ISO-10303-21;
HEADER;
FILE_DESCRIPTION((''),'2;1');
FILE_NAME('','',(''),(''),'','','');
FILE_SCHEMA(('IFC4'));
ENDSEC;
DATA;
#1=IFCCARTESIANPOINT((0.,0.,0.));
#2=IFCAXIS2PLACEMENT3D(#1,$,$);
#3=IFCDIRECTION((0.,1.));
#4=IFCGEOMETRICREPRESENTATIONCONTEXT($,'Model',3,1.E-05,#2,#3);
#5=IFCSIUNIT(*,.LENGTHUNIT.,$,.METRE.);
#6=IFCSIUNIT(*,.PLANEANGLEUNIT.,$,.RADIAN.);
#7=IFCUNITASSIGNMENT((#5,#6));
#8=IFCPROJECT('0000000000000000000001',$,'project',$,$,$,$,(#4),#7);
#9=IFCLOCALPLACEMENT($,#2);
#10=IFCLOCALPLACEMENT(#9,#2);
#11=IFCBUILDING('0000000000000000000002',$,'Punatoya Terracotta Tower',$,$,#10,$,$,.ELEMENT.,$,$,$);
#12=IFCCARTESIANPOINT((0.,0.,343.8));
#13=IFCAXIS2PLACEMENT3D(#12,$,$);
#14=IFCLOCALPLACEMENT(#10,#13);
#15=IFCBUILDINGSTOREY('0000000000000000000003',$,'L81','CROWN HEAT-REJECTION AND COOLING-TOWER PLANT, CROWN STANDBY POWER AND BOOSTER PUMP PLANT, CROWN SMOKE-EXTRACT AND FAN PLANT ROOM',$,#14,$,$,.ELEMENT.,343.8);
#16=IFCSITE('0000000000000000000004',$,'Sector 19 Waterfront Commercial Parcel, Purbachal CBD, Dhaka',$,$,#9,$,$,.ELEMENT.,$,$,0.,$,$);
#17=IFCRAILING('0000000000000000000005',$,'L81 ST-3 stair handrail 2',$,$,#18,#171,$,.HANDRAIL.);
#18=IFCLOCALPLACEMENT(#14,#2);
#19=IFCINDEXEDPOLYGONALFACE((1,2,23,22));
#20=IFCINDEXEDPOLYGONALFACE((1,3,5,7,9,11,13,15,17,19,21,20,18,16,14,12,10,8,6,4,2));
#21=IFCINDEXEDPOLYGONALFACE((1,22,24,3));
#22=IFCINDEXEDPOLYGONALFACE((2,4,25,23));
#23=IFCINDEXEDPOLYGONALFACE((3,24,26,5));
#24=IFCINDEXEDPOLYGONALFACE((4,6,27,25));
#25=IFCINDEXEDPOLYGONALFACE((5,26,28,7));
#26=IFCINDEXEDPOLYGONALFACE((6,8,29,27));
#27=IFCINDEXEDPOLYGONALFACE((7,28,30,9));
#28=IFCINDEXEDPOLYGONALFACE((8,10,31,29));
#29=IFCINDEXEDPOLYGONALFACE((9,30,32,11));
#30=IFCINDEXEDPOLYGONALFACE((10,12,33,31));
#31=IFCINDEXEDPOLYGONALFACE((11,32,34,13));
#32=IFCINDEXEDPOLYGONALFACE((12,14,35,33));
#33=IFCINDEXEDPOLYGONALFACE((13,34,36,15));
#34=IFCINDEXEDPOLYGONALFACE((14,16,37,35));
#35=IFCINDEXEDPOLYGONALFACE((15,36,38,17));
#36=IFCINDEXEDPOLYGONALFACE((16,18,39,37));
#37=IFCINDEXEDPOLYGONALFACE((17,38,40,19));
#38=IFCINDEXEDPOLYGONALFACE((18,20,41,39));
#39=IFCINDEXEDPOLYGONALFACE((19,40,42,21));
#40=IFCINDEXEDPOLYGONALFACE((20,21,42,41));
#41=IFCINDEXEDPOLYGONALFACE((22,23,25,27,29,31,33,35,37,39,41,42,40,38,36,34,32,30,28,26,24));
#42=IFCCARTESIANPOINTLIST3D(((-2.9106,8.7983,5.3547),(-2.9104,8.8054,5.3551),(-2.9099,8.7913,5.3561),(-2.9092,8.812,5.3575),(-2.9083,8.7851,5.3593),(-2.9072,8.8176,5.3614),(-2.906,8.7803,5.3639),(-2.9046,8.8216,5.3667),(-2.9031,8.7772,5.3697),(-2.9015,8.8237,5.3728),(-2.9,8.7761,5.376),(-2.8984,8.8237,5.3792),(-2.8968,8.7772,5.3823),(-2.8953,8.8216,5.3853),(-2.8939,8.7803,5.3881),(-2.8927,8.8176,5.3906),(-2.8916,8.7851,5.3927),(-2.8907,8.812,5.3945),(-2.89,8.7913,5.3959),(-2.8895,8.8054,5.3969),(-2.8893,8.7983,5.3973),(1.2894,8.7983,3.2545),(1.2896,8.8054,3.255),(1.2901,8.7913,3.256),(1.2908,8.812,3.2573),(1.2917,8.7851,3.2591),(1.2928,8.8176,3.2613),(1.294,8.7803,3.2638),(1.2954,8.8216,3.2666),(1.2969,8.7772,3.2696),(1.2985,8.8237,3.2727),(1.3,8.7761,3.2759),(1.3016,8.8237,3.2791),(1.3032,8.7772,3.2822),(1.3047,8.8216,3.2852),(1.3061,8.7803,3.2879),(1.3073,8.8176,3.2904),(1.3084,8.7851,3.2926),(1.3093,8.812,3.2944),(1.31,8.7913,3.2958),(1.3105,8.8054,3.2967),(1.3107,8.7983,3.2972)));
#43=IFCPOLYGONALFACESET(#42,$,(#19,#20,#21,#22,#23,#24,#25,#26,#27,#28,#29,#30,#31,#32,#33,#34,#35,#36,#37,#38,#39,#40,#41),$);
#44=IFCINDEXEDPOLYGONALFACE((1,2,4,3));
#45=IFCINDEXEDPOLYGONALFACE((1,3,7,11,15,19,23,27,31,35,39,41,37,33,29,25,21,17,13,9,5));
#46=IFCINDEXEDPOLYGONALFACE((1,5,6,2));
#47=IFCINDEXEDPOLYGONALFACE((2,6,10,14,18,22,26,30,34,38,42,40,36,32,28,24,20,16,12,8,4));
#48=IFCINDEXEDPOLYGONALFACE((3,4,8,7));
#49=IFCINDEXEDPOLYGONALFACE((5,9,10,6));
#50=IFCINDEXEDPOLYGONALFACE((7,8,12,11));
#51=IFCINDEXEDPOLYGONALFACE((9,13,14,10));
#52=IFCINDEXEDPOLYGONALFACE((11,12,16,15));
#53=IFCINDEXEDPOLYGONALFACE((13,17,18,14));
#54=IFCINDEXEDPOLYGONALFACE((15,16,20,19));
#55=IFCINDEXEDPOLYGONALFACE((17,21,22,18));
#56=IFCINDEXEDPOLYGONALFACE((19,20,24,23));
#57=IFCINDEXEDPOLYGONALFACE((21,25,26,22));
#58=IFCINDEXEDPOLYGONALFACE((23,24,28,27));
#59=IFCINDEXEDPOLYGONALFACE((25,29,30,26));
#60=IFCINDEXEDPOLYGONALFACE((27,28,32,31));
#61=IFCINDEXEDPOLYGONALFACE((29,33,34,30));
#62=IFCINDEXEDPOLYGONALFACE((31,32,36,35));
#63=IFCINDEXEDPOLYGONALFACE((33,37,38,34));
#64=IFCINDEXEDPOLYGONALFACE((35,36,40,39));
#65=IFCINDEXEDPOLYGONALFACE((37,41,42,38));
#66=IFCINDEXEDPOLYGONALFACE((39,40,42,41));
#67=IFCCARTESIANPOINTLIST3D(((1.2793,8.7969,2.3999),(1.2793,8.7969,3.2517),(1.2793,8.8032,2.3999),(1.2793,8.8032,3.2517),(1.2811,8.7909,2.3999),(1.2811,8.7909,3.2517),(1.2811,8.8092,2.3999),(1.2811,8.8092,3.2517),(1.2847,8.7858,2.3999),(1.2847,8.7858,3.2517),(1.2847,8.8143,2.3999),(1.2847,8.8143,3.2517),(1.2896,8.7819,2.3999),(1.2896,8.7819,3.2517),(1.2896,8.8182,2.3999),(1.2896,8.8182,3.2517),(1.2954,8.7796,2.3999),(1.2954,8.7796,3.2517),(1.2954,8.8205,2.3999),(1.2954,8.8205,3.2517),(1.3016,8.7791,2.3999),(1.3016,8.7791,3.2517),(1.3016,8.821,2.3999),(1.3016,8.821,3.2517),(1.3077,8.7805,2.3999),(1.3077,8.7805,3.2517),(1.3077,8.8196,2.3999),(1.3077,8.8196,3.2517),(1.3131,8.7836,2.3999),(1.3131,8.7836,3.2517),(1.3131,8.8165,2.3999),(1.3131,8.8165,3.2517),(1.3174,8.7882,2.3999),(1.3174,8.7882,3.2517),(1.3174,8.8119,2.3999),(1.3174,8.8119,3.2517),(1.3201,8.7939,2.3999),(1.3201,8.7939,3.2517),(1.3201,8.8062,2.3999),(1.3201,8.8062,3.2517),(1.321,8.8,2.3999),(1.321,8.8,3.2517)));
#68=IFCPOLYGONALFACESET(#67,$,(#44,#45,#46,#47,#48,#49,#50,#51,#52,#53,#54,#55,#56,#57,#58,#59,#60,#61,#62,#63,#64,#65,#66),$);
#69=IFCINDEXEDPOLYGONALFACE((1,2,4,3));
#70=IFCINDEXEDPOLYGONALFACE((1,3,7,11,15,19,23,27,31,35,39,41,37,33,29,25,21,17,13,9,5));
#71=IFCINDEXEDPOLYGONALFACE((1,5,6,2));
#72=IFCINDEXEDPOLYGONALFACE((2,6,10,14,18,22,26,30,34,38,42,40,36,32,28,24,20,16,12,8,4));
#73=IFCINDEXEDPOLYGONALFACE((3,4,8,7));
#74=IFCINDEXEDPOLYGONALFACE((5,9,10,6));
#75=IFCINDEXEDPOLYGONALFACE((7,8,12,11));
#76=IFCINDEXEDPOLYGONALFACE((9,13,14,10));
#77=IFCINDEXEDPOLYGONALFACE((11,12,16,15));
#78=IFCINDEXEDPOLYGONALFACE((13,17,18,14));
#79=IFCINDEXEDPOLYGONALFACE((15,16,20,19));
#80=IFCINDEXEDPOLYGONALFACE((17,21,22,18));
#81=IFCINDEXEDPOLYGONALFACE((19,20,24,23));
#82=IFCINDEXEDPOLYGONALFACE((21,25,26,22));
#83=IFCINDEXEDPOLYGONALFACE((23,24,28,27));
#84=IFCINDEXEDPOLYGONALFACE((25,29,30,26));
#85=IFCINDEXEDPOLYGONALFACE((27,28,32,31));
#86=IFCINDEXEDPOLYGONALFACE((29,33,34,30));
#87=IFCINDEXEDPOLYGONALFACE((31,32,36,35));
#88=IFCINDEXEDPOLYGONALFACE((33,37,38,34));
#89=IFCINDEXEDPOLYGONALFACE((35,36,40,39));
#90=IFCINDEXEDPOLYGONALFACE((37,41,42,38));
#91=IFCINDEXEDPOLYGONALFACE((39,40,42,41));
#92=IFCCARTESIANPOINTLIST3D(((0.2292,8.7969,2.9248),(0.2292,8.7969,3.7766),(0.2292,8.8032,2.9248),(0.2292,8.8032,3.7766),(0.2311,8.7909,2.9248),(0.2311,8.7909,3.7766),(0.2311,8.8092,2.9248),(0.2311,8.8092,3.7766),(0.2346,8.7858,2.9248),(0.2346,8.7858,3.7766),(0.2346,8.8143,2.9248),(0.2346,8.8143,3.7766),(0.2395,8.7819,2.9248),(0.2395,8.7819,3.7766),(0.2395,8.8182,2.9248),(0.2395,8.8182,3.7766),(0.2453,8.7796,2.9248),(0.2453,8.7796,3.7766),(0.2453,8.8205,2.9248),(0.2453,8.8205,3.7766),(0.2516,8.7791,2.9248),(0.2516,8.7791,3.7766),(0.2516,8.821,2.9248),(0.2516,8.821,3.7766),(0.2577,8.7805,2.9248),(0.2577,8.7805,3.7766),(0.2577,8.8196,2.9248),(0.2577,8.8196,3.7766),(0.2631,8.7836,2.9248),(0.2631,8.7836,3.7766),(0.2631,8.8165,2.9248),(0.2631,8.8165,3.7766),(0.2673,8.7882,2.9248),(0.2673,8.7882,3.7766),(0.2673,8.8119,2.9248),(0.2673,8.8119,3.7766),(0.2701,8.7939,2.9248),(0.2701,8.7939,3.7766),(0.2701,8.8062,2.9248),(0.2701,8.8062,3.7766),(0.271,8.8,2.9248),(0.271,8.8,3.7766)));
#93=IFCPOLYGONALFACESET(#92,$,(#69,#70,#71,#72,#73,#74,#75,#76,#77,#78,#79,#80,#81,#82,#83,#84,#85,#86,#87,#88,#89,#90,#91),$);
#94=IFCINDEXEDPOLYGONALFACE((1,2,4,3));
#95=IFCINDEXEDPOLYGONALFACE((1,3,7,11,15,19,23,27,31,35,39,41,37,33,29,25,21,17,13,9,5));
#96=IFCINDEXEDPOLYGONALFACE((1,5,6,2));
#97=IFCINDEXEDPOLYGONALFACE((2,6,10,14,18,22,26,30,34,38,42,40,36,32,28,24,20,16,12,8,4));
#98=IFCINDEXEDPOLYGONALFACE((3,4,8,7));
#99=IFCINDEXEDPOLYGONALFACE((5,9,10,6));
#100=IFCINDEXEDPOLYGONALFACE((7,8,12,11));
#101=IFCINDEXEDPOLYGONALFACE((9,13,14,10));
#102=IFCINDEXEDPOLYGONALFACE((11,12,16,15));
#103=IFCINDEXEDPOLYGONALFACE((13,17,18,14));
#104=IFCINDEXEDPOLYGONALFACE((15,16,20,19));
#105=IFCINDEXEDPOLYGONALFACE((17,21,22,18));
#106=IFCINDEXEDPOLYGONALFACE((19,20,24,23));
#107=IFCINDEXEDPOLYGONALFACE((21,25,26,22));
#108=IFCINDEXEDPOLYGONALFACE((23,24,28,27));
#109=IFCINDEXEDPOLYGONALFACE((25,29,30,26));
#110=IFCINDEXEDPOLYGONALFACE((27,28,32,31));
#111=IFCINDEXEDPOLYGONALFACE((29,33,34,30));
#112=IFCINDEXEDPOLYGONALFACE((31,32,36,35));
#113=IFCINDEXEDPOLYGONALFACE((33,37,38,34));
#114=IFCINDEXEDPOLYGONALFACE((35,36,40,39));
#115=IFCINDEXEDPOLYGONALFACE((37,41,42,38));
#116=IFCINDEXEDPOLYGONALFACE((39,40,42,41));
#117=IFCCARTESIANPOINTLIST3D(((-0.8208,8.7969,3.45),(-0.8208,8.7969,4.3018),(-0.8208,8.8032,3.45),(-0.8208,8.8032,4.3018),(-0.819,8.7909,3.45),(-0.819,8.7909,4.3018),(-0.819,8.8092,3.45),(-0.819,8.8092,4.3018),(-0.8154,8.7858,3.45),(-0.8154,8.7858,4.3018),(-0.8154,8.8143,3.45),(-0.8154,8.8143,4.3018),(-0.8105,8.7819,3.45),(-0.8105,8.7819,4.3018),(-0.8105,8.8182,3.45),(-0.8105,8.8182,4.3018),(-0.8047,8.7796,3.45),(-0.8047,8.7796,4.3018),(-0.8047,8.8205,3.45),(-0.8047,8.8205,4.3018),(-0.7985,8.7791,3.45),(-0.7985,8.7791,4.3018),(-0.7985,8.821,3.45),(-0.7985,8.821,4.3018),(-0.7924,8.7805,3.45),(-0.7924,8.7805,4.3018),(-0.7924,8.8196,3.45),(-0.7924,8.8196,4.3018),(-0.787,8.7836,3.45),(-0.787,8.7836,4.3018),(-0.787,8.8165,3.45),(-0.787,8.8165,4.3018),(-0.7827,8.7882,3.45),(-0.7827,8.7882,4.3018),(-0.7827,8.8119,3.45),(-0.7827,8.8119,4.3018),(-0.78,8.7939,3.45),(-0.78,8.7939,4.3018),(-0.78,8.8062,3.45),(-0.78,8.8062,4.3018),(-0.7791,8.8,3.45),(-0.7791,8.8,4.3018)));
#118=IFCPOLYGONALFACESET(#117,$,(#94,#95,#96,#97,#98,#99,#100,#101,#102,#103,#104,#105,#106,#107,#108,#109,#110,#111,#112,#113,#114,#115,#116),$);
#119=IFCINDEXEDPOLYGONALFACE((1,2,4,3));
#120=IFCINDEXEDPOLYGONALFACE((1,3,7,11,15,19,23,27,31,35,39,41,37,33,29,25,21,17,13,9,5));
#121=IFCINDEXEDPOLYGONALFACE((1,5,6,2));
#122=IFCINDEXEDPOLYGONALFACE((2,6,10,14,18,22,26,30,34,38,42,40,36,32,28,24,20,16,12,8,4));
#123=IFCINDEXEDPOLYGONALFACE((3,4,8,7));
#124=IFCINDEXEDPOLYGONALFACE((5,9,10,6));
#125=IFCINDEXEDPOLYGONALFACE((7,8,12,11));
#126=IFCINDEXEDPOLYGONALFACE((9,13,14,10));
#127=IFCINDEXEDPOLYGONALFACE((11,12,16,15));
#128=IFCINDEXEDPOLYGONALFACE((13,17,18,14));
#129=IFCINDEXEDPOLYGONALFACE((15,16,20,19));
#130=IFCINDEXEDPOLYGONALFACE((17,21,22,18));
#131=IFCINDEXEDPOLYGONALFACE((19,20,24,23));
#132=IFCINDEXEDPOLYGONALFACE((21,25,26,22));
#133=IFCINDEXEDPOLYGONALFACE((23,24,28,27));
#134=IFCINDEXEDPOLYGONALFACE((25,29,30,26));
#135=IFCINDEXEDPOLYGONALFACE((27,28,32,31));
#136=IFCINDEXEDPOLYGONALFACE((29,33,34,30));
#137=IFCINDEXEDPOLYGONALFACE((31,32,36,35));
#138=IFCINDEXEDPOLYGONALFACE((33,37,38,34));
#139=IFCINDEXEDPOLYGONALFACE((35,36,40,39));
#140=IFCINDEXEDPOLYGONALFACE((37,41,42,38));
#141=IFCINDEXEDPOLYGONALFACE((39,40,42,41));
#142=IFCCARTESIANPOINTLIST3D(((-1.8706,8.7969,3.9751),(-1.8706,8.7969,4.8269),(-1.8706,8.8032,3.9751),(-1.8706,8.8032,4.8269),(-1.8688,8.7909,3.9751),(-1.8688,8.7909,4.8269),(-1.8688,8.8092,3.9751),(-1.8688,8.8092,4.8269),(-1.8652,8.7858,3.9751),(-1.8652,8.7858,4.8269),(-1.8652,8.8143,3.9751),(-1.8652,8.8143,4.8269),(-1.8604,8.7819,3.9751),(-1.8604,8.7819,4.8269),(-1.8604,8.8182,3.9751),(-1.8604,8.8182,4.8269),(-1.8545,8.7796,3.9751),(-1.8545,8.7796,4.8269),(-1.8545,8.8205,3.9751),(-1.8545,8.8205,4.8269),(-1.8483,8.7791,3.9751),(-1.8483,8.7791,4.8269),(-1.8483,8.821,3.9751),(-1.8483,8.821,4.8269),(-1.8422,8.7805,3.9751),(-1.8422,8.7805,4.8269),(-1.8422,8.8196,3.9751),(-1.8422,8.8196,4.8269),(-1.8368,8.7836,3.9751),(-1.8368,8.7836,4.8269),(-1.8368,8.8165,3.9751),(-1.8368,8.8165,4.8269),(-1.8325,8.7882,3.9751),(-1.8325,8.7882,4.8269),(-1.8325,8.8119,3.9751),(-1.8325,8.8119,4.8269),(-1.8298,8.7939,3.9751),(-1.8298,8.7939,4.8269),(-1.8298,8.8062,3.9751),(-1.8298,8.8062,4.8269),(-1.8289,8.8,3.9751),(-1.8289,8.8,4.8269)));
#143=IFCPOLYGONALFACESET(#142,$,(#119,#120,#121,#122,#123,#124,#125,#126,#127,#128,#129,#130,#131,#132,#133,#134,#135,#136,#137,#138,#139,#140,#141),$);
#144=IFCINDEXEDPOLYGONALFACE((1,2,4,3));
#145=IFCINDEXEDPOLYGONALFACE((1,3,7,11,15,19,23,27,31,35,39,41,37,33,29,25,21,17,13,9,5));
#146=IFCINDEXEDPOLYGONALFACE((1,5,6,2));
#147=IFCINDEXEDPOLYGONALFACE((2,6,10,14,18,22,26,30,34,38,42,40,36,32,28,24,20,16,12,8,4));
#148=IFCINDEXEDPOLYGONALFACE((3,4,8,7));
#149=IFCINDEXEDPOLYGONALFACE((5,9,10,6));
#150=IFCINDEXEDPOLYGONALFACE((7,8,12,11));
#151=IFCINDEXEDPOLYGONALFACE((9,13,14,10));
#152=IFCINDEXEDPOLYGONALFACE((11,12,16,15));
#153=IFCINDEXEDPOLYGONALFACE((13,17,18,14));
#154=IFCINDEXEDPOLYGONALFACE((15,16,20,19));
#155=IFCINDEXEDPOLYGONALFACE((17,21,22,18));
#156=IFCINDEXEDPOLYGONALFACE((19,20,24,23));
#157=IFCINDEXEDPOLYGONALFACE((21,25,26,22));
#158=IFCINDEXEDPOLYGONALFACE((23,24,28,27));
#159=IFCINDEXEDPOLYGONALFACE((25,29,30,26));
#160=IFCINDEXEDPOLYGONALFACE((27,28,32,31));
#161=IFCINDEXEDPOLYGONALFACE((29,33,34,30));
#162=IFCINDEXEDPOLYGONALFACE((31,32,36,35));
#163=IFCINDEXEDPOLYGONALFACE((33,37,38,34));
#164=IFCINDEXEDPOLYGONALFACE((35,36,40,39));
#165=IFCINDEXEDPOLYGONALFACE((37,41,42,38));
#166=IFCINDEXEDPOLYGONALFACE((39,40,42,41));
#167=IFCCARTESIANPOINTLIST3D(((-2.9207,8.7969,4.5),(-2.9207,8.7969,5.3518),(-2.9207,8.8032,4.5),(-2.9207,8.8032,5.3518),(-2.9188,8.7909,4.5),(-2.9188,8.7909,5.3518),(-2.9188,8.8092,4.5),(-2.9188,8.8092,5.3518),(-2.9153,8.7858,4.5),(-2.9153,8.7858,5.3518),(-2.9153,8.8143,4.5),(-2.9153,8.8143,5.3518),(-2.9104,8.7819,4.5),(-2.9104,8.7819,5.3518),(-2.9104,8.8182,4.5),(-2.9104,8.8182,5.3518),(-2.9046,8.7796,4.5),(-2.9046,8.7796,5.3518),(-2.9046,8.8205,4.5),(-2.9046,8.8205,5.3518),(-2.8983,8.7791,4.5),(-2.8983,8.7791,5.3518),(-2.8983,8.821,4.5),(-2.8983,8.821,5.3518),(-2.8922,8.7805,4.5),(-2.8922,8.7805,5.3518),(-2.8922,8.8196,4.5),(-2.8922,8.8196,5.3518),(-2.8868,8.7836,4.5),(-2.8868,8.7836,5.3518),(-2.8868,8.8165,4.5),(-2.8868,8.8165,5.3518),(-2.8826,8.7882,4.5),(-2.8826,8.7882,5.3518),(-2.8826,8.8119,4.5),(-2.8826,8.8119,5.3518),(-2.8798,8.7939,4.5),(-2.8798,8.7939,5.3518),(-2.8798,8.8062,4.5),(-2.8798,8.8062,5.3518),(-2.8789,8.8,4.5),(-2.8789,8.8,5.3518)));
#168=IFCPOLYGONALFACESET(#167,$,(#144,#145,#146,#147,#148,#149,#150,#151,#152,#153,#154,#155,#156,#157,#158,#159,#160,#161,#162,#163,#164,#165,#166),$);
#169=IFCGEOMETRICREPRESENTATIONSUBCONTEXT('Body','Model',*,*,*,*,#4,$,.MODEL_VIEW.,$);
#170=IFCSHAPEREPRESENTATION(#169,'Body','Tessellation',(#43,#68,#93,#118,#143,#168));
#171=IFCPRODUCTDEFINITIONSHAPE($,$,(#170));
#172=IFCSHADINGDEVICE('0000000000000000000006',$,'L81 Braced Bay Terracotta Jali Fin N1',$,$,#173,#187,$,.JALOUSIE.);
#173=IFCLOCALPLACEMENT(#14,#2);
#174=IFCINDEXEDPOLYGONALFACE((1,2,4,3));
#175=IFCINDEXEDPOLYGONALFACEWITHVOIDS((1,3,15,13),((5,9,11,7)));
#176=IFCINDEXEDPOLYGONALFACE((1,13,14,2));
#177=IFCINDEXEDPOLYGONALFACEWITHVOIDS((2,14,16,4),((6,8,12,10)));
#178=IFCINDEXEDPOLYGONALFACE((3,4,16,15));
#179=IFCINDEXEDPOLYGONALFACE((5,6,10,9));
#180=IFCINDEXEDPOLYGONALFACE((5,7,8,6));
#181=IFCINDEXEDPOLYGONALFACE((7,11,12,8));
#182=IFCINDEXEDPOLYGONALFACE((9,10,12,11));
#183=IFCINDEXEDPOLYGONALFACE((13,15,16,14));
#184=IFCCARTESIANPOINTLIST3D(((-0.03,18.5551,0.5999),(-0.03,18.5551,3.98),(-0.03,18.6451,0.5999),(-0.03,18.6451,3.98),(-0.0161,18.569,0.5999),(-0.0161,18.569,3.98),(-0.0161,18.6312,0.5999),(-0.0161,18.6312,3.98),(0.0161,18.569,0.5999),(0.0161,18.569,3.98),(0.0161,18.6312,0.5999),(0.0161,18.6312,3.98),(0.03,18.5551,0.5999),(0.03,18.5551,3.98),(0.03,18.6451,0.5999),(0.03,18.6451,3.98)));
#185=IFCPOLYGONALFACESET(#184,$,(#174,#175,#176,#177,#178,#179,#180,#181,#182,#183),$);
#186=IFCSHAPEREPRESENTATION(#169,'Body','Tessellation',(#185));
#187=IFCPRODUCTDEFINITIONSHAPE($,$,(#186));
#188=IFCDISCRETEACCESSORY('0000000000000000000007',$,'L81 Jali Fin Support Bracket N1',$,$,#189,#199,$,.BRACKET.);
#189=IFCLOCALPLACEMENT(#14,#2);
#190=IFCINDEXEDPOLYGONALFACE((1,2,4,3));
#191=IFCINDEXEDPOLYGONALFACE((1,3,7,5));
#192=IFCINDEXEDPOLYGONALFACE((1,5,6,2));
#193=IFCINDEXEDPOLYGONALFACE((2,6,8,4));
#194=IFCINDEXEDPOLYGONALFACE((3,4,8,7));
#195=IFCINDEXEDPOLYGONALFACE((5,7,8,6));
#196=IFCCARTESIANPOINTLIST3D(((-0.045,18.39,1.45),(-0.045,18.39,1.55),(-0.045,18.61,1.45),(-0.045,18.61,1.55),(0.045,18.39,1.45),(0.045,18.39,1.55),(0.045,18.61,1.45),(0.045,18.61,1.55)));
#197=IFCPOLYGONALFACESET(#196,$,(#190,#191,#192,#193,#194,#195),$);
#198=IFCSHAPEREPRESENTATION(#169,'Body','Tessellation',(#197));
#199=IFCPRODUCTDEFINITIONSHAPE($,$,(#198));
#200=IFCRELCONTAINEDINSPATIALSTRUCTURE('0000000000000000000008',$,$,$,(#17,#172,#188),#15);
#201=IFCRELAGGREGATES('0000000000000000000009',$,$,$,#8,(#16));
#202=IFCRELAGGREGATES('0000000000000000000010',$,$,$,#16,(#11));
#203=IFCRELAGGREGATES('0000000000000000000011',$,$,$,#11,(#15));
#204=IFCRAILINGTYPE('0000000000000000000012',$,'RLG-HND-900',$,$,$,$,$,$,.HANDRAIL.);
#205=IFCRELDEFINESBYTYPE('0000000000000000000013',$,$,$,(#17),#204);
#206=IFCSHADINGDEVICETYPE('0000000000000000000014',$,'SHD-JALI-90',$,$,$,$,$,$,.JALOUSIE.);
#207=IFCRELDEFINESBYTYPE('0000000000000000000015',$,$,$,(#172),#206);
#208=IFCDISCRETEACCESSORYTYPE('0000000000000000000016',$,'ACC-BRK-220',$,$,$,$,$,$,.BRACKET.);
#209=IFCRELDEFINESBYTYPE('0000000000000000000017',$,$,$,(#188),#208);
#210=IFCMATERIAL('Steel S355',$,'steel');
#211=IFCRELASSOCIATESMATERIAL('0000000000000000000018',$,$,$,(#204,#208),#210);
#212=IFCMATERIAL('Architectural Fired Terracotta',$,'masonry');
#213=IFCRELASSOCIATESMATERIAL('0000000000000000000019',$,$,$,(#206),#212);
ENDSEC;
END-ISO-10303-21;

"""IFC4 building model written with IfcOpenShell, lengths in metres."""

from ifc_helpers import new_model, si_unit, direction, frame, origin, origin_2d, place, context, subcontext, project, spatial, rectangle, hollow_rectangle, circle, extrude, material, material_profile, profile_set, type_object, element, save


model = new_model("IFC4")

# Units and contexts
model_context = context("Model", 3, precision=1e-05, world=origin(), true_north=direction((0.0, 1.0)))
body_context = subcontext(model_context, "Body", "Model", "MODEL_VIEW")
ifc_project = project(units=[si_unit("LENGTHUNIT", "METRE"), si_unit("PLANEANGLEUNIT", "RADIAN")], contexts=[model_context])

# Site, building, storey
site_placement = place(None, origin())
site = spatial("IfcSite", under=ifc_project, at=site_placement, Name="Sector 19 Waterfront Commercial Parcel, Purbachal CBD, Dhaka", CompositionType="ELEMENT", RefElevation=0.0)
building_placement = place(site_placement, origin())
building = spatial("IfcBuilding", under=site, at=building_placement, Name="Punatoya Terracotta Tower", CompositionType="ELEMENT")
storey_placement = place(building_placement, frame((0.0, 0.0, 343.8)))
storey = spatial("IfcBuildingStorey", under=building, at=storey_placement, Name="L81", Description="CROWN HEAT-REJECTION AND COOLING-TOWER PLANT, CROWN STANDBY POWER AND BOOSTER PUMP PLANT, CROWN SMOKE-EXTRACT AND FAN PLANT ROOM", CompositionType="ELEMENT", Elevation=343.8)

# Railing
ifc_material_1 = material(Name="Steel S355", Category="steel")
railing_type_1 = type_object("IfcRailingType", Name="RLG-HND-900", PredefinedType="HANDRAIL", material=ifc_material_1)
railing_1_placement = place(storey_placement, frame((1.3, 8.8, 2.3999)))
element("IfcRailing", 1, at=railing_1_placement, inside=storey, type_object=railing_type_1, Name="L81 ST-3 stair handrail 2", PredefinedType="HANDRAIL", context=body_context, shape_type="SweptSolid", body=[
    extrude(circle(Radius=0.0239, at=origin_2d()), frame((0.0, 0.0, 0.876), z_axis=(-0.894417, 0.0, 0.447234), x_axis=(0.0, -1.0, 0.0)), (0.0, 0.0, 1.0), 4.6958),
    extrude(circle(Radius=0.021, at=origin_2d()), origin(), (0.0, 0.0, 1.0), 0.8518),
    extrude(circle(Radius=0.021, at=origin_2d()), frame((-1.05, 0.0, 0.5249)), (0.0, 0.0, 1.0), 0.8518),
    extrude(circle(Radius=0.021, at=origin_2d()), frame((-2.1001, 0.0, 1.05)), (0.0, 0.0, 1.0), 0.8518),
    extrude(circle(Radius=0.021, at=origin_2d()), frame((-3.1499, 0.0, 1.5752)), (0.0, 0.0, 1.0), 0.8518),
    extrude(circle(Radius=0.021, at=origin_2d()), frame((-4.2, 0.0, 2.1001)), (0.0, 0.0, 1.0), 0.8518),
])

# Shading device
ifc_material_2 = material(Name="Architectural Fired Terracotta", Category="masonry")
ifc_material_profile_1 = material_profile(ifc_material_2, hollow_rectangle(XDim=0.0601, YDim=0.0901, WallThickness=0.0139, at=origin_2d()))
ifc_profile_set_1 = profile_set([ifc_material_profile_1], Name="Architectural Fired Terracotta")
shading_device_type = type_object("IfcShadingDeviceType", Name="SHD-JALI-90", PredefinedType="JALOUSIE", material=ifc_profile_set_1)
shading_device_placement = place(storey_placement, frame((0.0, 18.6001, 0.5999), z_axis=(0.0, 0.0, 1.0), x_axis=(1.0, 0.0, 0.0)))
element("IfcShadingDevice", 2, at=shading_device_placement, inside=storey, type_object=shading_device_type, Name="L81 Braced Bay Terracotta Jali Fin N1", PredefinedType="JALOUSIE", context=body_context, shape_type="SweptSolid", body=[
    extrude(hollow_rectangle(XDim=0.0601, YDim=0.0901, WallThickness=0.0139, at=origin_2d()), origin(), (0.0, 0.0, 1.0), 3.3801),
])

# Discrete accessory
discrete_accessory_type = type_object("IfcDiscreteAccessoryType", Name="ACC-BRK-220", PredefinedType="BRACKET", material=ifc_material_1)
discrete_accessory_placement = place(storey_placement, frame((0.0, 18.5, 1.45), z_axis=(0.0, 0.0, 1.0), x_axis=(-1.0, 0.0, 0.0)))
element("IfcDiscreteAccessory", 3, at=discrete_accessory_placement, inside=storey, type_object=discrete_accessory_type, Name="L81 Jali Fin Support Bracket N1", PredefinedType="BRACKET", context=body_context, shape_type="SweptSolid", body=[
    extrude(rectangle(XDim=0.0901, YDim=0.22, at=origin_2d()), origin(), (0.0, 0.0, 1.0), 0.1001),
])

save(model, "model.ifc")
